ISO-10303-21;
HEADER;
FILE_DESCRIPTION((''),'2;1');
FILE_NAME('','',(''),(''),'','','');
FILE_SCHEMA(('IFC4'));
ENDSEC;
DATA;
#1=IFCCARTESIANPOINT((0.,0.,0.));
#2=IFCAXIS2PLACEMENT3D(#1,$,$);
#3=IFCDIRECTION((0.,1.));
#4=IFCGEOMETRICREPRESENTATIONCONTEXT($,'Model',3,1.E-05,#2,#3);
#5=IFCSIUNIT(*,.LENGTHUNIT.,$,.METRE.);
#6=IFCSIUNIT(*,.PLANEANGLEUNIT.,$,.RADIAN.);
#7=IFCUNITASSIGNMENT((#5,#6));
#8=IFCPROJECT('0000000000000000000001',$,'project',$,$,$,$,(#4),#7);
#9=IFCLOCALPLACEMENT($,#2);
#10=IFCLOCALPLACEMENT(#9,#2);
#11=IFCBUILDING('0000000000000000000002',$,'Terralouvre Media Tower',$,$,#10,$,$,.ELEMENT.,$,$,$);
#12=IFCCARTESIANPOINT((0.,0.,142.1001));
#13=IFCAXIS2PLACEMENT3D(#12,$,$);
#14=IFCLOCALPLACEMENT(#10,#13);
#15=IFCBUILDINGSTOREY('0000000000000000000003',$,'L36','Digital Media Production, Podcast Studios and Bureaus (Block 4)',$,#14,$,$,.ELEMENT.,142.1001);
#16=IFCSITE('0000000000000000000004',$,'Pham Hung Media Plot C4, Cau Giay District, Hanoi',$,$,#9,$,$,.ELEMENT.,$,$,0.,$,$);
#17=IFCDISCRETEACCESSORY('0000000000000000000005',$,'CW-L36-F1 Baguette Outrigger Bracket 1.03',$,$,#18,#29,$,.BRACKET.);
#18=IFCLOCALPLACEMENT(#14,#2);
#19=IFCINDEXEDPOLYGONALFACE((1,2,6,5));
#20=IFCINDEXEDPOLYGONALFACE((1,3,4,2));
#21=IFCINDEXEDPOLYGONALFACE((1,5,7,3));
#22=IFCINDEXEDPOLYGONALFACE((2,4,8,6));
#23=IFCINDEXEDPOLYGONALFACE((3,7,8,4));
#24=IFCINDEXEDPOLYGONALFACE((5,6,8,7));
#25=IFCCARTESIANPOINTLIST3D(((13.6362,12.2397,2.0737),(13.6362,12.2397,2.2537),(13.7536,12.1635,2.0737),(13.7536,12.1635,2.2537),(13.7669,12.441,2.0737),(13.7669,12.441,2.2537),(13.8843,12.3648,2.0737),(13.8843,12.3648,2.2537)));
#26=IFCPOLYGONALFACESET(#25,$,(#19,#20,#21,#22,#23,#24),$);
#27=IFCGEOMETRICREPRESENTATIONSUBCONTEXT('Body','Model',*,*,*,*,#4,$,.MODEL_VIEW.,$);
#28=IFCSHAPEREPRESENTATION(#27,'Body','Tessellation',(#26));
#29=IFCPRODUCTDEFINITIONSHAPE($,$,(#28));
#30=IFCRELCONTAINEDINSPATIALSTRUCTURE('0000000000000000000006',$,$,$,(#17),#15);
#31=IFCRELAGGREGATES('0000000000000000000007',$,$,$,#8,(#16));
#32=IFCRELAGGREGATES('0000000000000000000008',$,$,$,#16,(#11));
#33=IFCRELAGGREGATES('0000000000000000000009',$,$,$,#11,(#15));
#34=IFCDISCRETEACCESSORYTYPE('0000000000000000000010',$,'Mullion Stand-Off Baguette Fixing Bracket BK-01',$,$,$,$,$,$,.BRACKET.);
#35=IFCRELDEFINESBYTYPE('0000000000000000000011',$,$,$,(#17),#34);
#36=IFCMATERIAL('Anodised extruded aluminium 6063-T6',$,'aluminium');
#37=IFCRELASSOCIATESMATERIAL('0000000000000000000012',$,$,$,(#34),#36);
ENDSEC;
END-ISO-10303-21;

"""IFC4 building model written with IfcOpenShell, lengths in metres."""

from ifc_helpers import new_model, si_unit, direction, frame, origin, origin_2d, place, context, subcontext, project, spatial, rectangle, extrude, material, type_object, element, save


model = new_model("IFC4")

# Units and contexts
model_context = context("Model", 3, precision=1e-05, world=origin(), true_north=direction((0.0, 1.0)))
body_context = subcontext(model_context, "Body", "Model", "MODEL_VIEW")
ifc_project = project(units=[si_unit("LENGTHUNIT", "METRE"), si_unit("PLANEANGLEUNIT", "RADIAN")], contexts=[model_context])

# Site, building, storey
site_placement = place(None, origin())
site = spatial("IfcSite", under=ifc_project, at=site_placement, Name="Pham Hung Media Plot C4, Cau Giay District, Hanoi", CompositionType="ELEMENT", RefElevation=0.0)
building_placement = place(site_placement, origin())
building = spatial("IfcBuilding", under=site, at=building_placement, Name="Terralouvre Media Tower", CompositionType="ELEMENT")
storey_placement = place(building_placement, frame((0.0, 0.0, 142.1001)))
storey = spatial("IfcBuildingStorey", under=building, at=storey_placement, Name="L36", Description="Digital Media Production, Podcast Studios and Bureaus (Block 4)", CompositionType="ELEMENT", Elevation=142.1001)

# Discrete accessory
ifc_material_1 = material(Name="Anodised extruded aluminium 6063-T6", Category="aluminium")
discrete_accessory_type = type_object("IfcDiscreteAccessoryType", Name="Mullion Stand-Off Baguette Fixing Bracket BK-01", PredefinedType="BRACKET", material=ifc_material_1)
discrete_accessory_placement = place(storey_placement, frame((13.7603, 12.3022, 2.0737), z_axis=(0.0, 0.0, 1.0), x_axis=(-0.838671, 0.544639, 0.0)))
element("IfcDiscreteAccessory", 1, at=discrete_accessory_placement, inside=storey, type_object=discrete_accessory_type, Name="CW-L36-F1 Baguette Outrigger Bracket 1.03", PredefinedType="BRACKET", context=body_context, shape_type="SweptSolid", body=[
    extrude(rectangle(XDim=0.1399, YDim=0.24, at=origin_2d()), origin(), (0.0, 0.0, 1.0), 0.1799),
])

save(model, "model.ifc")
